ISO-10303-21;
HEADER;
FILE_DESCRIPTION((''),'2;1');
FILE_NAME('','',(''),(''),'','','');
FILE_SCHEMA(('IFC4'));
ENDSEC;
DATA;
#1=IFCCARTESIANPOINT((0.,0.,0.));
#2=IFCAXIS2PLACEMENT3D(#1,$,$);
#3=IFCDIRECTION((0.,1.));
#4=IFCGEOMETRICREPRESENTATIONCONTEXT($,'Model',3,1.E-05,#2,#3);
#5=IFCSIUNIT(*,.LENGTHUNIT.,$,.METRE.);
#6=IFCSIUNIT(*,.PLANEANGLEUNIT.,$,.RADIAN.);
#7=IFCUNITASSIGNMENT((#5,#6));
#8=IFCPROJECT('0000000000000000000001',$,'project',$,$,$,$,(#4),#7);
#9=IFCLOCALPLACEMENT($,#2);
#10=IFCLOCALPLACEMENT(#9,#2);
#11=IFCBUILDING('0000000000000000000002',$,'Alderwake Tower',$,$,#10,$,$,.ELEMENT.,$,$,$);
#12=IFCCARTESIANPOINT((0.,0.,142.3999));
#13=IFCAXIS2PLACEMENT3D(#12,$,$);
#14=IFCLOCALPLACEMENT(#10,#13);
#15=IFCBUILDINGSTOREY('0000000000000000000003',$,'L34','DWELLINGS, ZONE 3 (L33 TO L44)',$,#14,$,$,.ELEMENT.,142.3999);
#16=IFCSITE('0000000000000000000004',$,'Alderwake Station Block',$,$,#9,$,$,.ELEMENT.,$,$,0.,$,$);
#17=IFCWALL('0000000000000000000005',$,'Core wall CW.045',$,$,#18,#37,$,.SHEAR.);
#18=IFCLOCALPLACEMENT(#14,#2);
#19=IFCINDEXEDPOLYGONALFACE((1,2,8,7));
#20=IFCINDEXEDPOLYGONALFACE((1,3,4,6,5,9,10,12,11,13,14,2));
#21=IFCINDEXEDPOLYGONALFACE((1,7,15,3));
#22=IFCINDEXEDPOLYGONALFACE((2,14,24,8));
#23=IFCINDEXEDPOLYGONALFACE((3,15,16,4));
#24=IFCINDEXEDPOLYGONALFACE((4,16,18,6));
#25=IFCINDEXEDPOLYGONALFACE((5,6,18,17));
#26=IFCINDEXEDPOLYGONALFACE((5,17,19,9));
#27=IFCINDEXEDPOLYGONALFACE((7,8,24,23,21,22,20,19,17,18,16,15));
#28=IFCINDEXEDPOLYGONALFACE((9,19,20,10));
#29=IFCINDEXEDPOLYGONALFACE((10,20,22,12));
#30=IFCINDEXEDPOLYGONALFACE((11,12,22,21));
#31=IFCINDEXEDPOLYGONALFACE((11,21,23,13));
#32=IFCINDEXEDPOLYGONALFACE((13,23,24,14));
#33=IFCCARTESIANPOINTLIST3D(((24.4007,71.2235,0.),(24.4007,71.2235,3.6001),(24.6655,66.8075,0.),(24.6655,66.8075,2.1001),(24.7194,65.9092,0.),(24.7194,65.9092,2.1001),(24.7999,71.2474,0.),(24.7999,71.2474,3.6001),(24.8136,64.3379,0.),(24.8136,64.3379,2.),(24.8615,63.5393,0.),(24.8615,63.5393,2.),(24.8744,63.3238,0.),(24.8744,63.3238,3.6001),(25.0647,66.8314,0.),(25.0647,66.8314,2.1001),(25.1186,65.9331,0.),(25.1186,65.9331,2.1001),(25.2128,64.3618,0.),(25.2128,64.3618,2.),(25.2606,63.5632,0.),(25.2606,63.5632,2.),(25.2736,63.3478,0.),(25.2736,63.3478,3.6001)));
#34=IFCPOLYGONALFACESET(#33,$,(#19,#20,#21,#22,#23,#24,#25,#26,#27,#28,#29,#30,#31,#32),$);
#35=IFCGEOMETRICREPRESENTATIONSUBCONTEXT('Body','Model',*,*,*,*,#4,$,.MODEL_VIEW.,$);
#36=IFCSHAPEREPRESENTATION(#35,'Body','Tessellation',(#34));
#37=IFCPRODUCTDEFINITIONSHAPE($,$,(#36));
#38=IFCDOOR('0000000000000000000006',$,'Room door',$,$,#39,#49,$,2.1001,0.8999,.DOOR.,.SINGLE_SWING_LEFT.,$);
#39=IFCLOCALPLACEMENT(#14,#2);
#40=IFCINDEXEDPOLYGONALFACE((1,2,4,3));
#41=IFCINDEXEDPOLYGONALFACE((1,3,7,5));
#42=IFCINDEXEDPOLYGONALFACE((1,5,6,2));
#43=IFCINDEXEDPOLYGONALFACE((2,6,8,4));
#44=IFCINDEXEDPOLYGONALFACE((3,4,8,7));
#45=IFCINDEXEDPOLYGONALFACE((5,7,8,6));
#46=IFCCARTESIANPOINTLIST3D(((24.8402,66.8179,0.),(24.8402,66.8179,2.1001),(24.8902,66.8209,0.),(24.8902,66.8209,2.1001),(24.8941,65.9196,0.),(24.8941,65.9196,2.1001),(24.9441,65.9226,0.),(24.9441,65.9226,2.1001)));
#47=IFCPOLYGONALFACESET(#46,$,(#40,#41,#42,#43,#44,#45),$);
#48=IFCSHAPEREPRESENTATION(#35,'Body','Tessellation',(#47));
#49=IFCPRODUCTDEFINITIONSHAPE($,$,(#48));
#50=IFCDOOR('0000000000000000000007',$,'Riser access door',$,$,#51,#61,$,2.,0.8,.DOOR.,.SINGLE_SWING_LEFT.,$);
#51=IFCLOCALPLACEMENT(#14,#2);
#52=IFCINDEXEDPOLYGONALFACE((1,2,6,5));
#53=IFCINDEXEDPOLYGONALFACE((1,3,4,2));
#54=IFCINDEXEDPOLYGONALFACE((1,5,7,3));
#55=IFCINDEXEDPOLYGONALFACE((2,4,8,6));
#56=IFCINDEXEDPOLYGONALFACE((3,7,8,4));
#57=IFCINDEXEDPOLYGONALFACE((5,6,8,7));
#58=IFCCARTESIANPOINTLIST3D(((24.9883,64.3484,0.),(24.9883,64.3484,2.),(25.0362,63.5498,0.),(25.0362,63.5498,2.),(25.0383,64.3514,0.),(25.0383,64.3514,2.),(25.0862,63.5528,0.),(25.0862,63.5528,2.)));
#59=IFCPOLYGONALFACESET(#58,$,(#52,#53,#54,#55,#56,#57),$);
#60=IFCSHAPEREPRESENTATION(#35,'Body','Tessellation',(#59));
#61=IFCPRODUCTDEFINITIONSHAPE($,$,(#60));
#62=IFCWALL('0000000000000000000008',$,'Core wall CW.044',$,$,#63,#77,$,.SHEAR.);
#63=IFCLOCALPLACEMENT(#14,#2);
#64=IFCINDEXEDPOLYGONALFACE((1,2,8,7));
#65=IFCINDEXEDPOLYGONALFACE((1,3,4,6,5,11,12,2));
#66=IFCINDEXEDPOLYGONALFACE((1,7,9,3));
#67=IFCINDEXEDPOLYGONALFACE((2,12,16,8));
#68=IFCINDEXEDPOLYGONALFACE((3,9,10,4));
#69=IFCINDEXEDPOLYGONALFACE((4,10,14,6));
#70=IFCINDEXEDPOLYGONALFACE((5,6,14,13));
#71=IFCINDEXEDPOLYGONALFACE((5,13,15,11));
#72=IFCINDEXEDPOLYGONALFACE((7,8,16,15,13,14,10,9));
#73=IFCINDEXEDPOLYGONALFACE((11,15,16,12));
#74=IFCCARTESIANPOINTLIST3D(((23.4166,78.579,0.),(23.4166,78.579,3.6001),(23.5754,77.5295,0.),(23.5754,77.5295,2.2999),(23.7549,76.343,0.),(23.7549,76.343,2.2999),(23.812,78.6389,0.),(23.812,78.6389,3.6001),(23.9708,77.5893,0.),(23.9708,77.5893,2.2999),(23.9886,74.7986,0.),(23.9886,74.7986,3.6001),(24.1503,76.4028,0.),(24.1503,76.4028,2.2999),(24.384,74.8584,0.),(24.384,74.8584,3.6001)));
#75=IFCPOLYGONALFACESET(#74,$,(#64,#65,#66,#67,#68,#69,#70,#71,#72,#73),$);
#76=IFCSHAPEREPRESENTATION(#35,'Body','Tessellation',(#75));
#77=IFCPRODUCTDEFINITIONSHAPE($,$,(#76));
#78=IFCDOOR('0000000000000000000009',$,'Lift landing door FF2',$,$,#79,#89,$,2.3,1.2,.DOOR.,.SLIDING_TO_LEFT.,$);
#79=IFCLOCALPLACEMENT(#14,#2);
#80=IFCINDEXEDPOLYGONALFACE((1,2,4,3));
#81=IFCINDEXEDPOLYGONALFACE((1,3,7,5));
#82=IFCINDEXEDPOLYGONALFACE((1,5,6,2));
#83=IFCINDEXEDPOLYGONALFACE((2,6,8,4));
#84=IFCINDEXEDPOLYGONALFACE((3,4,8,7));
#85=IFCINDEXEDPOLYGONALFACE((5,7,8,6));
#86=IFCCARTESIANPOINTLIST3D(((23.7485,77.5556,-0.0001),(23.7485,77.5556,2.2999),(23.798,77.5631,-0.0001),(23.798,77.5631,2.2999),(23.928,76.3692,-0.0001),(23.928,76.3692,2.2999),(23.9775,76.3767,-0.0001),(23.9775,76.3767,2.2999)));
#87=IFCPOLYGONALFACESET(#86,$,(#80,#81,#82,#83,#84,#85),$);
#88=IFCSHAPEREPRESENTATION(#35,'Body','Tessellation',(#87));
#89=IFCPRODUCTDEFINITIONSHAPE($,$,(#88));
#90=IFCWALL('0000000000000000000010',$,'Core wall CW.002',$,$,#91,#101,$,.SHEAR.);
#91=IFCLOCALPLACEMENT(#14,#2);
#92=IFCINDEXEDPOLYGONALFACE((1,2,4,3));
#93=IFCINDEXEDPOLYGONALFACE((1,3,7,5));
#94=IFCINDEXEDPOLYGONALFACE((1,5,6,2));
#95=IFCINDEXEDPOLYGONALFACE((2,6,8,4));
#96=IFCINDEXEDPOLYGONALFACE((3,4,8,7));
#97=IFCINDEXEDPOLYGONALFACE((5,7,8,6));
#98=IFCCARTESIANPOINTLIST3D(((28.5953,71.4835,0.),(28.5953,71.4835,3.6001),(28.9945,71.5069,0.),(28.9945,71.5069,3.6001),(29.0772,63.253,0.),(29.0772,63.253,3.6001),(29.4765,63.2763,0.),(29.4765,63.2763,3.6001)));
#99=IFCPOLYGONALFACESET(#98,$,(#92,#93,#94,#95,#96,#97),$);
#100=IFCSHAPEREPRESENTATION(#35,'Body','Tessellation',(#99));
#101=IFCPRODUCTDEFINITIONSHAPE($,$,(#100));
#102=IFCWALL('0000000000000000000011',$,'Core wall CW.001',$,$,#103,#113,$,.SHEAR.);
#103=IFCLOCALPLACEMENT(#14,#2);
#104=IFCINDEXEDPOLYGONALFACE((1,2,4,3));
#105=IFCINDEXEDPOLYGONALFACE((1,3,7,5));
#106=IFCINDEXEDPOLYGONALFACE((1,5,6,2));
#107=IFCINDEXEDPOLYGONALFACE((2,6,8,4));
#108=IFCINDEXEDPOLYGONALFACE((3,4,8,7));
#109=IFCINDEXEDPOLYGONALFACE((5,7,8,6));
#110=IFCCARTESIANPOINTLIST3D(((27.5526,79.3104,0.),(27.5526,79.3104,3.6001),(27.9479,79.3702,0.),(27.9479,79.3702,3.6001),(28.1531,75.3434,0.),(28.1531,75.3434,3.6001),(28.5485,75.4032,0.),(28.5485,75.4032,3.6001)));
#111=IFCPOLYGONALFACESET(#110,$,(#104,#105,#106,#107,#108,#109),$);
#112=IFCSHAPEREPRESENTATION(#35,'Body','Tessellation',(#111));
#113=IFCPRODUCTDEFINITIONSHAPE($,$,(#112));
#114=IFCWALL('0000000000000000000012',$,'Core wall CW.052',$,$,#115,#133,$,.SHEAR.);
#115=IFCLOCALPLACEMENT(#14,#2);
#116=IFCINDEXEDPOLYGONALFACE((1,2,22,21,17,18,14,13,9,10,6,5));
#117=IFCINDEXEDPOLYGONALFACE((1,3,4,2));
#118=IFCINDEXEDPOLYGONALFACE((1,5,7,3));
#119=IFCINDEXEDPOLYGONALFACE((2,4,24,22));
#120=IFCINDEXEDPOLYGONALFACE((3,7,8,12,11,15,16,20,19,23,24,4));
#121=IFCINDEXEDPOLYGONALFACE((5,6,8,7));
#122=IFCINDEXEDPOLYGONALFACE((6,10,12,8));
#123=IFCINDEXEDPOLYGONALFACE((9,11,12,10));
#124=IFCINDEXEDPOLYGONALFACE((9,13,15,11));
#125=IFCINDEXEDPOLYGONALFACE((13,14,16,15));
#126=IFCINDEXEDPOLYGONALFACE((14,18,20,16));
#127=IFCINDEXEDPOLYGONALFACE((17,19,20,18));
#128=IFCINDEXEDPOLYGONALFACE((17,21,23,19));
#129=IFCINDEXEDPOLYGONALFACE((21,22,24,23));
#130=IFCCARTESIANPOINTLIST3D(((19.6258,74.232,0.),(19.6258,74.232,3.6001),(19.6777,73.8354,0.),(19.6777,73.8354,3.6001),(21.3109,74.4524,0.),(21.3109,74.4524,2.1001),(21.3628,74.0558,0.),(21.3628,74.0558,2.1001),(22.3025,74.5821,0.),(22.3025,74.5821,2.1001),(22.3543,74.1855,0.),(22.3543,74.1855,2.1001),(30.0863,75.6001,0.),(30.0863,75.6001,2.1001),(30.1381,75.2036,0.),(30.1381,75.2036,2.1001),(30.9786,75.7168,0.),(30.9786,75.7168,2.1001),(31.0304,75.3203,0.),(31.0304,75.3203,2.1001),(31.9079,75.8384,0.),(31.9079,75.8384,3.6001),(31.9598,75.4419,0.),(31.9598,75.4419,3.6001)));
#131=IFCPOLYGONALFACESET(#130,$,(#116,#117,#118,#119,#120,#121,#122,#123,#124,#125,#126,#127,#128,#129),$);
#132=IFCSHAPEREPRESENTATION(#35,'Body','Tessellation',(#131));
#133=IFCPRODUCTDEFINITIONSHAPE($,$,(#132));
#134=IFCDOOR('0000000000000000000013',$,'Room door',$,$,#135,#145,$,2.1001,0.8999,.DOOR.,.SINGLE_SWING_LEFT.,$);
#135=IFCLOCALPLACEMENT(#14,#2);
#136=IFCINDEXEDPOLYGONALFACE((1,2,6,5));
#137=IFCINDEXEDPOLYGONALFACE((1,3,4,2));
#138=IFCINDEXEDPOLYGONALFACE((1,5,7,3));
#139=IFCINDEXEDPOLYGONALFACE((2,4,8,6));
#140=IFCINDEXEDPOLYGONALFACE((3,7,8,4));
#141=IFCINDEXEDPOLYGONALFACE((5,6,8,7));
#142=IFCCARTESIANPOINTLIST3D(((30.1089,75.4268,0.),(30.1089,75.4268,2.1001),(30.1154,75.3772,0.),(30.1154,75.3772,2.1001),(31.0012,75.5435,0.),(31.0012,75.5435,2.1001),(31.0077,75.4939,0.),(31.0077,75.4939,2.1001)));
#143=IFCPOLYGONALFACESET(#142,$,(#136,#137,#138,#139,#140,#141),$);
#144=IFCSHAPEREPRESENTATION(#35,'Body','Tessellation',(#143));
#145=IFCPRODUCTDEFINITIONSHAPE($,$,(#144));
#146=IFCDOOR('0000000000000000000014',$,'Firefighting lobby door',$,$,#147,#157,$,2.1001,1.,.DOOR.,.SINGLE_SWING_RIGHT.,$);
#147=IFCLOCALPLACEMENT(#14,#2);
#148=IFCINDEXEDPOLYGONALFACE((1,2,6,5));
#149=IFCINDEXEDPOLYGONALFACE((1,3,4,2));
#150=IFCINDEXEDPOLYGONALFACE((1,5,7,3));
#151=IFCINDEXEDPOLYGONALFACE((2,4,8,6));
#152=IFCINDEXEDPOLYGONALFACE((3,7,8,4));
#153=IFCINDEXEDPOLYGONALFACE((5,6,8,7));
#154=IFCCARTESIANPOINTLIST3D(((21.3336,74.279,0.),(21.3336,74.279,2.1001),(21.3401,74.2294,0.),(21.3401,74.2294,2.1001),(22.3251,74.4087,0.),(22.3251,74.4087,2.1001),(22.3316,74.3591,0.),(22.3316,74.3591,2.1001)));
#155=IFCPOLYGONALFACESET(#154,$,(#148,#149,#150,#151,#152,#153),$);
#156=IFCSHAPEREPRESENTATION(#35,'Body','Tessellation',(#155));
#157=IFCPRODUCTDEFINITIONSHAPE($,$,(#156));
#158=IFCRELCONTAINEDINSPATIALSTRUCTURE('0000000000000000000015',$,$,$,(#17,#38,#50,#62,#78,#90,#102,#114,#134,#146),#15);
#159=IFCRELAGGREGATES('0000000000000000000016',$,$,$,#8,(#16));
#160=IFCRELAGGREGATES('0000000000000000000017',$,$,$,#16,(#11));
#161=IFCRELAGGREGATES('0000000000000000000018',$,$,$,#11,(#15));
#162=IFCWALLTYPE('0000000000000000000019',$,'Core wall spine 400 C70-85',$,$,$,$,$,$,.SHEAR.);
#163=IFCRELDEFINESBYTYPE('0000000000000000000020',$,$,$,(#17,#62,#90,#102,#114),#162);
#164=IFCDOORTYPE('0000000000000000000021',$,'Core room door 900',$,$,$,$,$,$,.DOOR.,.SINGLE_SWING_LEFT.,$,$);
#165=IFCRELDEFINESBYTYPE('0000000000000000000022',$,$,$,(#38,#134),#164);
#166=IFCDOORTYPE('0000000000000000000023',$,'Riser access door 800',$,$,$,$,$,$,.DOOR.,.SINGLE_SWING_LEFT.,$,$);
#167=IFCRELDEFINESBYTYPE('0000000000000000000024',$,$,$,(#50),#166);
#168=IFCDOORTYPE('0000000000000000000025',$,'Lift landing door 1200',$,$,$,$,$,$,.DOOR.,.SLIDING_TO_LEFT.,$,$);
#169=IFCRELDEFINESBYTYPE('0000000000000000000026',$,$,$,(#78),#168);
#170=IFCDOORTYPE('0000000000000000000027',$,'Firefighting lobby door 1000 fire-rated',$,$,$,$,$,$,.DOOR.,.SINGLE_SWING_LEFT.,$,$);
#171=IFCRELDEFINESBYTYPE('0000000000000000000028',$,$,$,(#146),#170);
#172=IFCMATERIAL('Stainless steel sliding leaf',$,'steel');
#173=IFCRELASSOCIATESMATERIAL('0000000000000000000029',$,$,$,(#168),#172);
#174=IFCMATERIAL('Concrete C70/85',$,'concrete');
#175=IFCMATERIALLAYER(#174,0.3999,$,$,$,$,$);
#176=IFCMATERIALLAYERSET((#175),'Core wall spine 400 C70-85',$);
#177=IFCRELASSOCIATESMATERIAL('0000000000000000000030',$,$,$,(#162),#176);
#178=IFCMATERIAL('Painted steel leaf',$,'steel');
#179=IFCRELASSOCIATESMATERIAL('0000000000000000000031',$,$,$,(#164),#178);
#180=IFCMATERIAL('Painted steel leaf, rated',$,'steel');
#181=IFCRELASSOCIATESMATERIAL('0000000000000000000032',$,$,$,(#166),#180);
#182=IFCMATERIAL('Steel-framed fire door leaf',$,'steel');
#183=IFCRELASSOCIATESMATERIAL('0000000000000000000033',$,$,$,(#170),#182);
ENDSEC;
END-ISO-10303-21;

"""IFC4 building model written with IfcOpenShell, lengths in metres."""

from ifc_helpers import new_model, si_unit, direction, frame, frame_2d, origin, place, context, subcontext, project, spatial, rectangle, extrude, material, layer, layer_set, type_object, element, fill, save


model = new_model("IFC4")

# Units and contexts
model_context = context("Model", 3, precision=1e-05, world=origin(), true_north=direction((0.0, 1.0)))
body_context = subcontext(model_context, "Body", "Model", "MODEL_VIEW")
ifc_project = project(units=[si_unit("LENGTHUNIT", "METRE"), si_unit("PLANEANGLEUNIT", "RADIAN")], contexts=[model_context])

# Site, building, storey
site_placement = place(None, origin())
site = spatial("IfcSite", under=ifc_project, at=site_placement, Name="Alderwake Station Block", CompositionType="ELEMENT", RefElevation=0.0)
building_placement = place(site_placement, origin())
building = spatial("IfcBuilding", under=site, at=building_placement, Name="Alderwake Tower", CompositionType="ELEMENT")
storey_placement = place(building_placement, frame((0.0, 0.0, 142.3999)))
storey = spatial("IfcBuildingStorey", under=building, at=storey_placement, Name="L34", Description="DWELLINGS, ZONE 3 (L33 TO L44)", CompositionType="ELEMENT", Elevation=142.3999)

# Shared definitions
ifc_material_1 = material(Name="Stainless steel sliding leaf", Category="steel")
door_type_1 = type_object("IfcDoorType", Name="Lift landing door 1200", OperationType="SLIDING_TO_LEFT", PredefinedType="DOOR", material=ifc_material_1)

# Wall, openings, doors
ifc_material_2 = material(Name="Concrete C70/85", Category="concrete")
ifc_layer_1 = layer(ifc_material_2, 0.3999)
ifc_layer_set_1 = layer_set([ifc_layer_1], Name="Core wall spine 400 C70-85")
wall_type_1 = type_object("IfcWallType", Name="Core wall spine 400 C70-85", PredefinedType="SHEAR", material=ifc_layer_set_1)
wall_1_placement = place(storey_placement, frame((25.074, 63.3357, 0.0), z_axis=(0.0, 0.0, 1.0), x_axis=(-0.059849, 0.998207, 0.0)))
wall_1 = element("IfcWall", 1, at=wall_1_placement, inside=storey, type_object=wall_type_1, Name="Core wall CW.045", PredefinedType="SHEAR", context=body_context, shape_type="SweptSolid", body=[
    extrude(rectangle(XDim=7.9138, YDim=0.3999, at=frame_2d((3.957, 0.0))), origin(), (0.0, 0.0, 1.0), 3.6001),
])
opening_1_placement = place(wall_1_placement, frame((0.2161, 0.0, 0.0)))
opening_1 = element("IfcOpeningElement", 2, at=opening_1_placement, cuts=wall_1, PredefinedType="OPENING", context=body_context, shape_type="SweptSolid", body=[
    extrude(rectangle(XDim=0.8, YDim=2.0, at=frame_2d((0.3999, 1.0))), frame((0.0, 0.21, 0.0), z_axis=(0.0, -1.0, 0.0), x_axis=(1.0, 0.0, 0.0)), (0.0, 0.0, 1.0), 0.4199),
])
opening_2_placement = place(wall_1_placement, frame((2.5901, 0.0, 0.0)))
opening_2 = element("IfcOpeningElement", 3, at=opening_2_placement, cuts=wall_1, PredefinedType="OPENING", context=body_context, shape_type="SweptSolid", body=[
    extrude(rectangle(XDim=0.8999, YDim=2.1001, at=frame_2d((0.45, 1.05))), frame((0.0, 0.21, 0.0), z_axis=(0.0, -1.0, 0.0), x_axis=(1.0, 0.0, 0.0)), (0.0, 0.0, 1.0), 0.4199),
])
ifc_material_3 = material(Name="Painted steel leaf", Category="steel")
door_type_2 = type_object("IfcDoorType", Name="Core room door 900", OperationType="SINGLE_SWING_LEFT", PredefinedType="DOOR", material=ifc_material_3)
door_1_placement = place(opening_2_placement, origin())
door_1 = element("IfcDoor", 4, at=door_1_placement, inside=storey, type_object=door_type_2, Name="Room door", OperationType="SINGLE_SWING_LEFT", OverallHeight=2.1001, OverallWidth=0.8999, PredefinedType="DOOR", context=body_context, shape_type="SweptSolid", body=[
    extrude(rectangle(XDim=0.8999, YDim=2.1001, at=frame_2d((0.45, 1.05))), frame((0.0, 0.0249, 0.0), z_axis=(0.0, -1.0, 0.0), x_axis=(1.0, 0.0, 0.0)), (0.0, 0.0, 1.0), 0.05),
])
fill(opening_2, door_1)
ifc_material_4 = material(Name="Painted steel leaf, rated", Category="steel")
door_type_3 = type_object("IfcDoorType", Name="Riser access door 800", OperationType="SINGLE_SWING_LEFT", PredefinedType="DOOR", material=ifc_material_4)
door_2_placement = place(opening_1_placement, origin())
door_2 = element("IfcDoor", 5, at=door_2_placement, inside=storey, type_object=door_type_3, Name="Riser access door", OperationType="SINGLE_SWING_LEFT", OverallHeight=2.0, OverallWidth=0.8, PredefinedType="DOOR", context=body_context, shape_type="SweptSolid", body=[
    extrude(rectangle(XDim=0.8, YDim=2.0, at=frame_2d((0.3999, 1.0))), frame((0.0, 0.0249, 0.0), z_axis=(0.0, -1.0, 0.0), x_axis=(1.0, 0.0, 0.0)), (0.0, 0.0, 1.0), 0.05),
])
fill(opening_1, door_2)

# Wall, opening, door
wall_2_placement = place(storey_placement, frame((24.1863, 74.8286, 0.0), z_axis=(0.0, 0.0, 1.0), x_axis=(-0.149605, 0.988746, 0.0)))
wall_2 = element("IfcWall", 6, at=wall_2_placement, inside=storey, type_object=wall_type_1, Name="Core wall CW.044", PredefinedType="SHEAR", context=body_context, shape_type="SweptSolid", body=[
    extrude(rectangle(XDim=3.8235, YDim=0.3999, at=frame_2d((1.9116, 0.0))), origin(), (0.0, 0.0, 1.0), 3.6001),
])
opening_3_placement = place(wall_2_placement, frame((1.5618, 0.0, 0.0)))
opening_3 = element("IfcOpeningElement", 7, at=opening_3_placement, cuts=wall_2, PredefinedType="OPENING", context=body_context, shape_type="SweptSolid", body=[
    extrude(rectangle(XDim=1.2, YDim=2.3, at=frame_2d((0.6001, 1.1499))), frame((0.0, 0.21, 0.0), z_axis=(0.0, -1.0, 0.0), x_axis=(1.0, 0.0, 0.0)), (0.0, 0.0, 1.0), 0.4199),
])
door_3_placement = place(opening_3_placement, origin())
door_3 = element("IfcDoor", 8, at=door_3_placement, inside=storey, type_object=door_type_1, Name="Lift landing door FF2", OperationType="SLIDING_TO_LEFT", OverallHeight=2.3, OverallWidth=1.2, PredefinedType="DOOR", context=body_context, shape_type="SweptSolid", body=[
    extrude(rectangle(XDim=1.2, YDim=2.3, at=frame_2d((0.6001, 1.1499))), frame((0.0, 0.0249, 0.0), z_axis=(0.0, -1.0, 0.0), x_axis=(1.0, 0.0, 0.0)), (0.0, 0.0, 1.0), 0.05),
])
fill(opening_3, door_3)

# Walls
wall_3_placement = place(storey_placement, frame((29.2769, 63.2646, 0.0), z_axis=(0.0, 0.0, 1.0), x_axis=(-0.058455, 0.99829, 0.0)))
element("IfcWall", 9, at=wall_3_placement, inside=storey, type_object=wall_type_1, Name="Core wall CW.002", PredefinedType="SHEAR", context=body_context, shape_type="SweptSolid", body=[
    extrude(rectangle(XDim=8.2446, YDim=0.3999, at=frame_2d((4.1223, 0.0))), origin(), (0.0, 0.0, 1.0), 3.6001),
])
wall_4_placement = place(storey_placement, frame((28.3508, 75.3733, 0.0), z_axis=(0.0, 0.0, 1.0), x_axis=(-0.149688, 0.988733, 0.0)))
element("IfcWall", 10, at=wall_4_placement, inside=storey, type_object=wall_type_1, Name="Core wall CW.001", PredefinedType="SHEAR", context=body_context, shape_type="SweptSolid", body=[
    extrude(rectangle(XDim=4.0122, YDim=0.3999, at=frame_2d((2.0061, 0.0))), origin(), (0.0, 0.0, 1.0), 3.6001),
])

# Wall, openings, doors
wall_5_placement = place(storey_placement, frame((31.9338, 75.6401, 0.0), z_axis=(0.0, 0.0, 1.0), x_axis=(-0.991555, -0.12969, 0.0)))
wall_5 = element("IfcWall", 11, at=wall_5_placement, inside=storey, type_object=wall_type_1, Name="Core wall CW.052", PredefinedType="SHEAR", context=body_context, shape_type="SweptSolid", body=[
    extrude(rectangle(XDim=12.3867, YDim=0.3999, at=frame_2d((6.1934, 0.0))), origin(), (0.0, 0.0, 1.0), 3.6001),
])
opening_4_placement = place(wall_5_placement, frame((9.6873, 0.0, 0.0)))
opening_4 = element("IfcOpeningElement", 12, at=opening_4_placement, cuts=wall_5, PredefinedType="OPENING", context=body_context, shape_type="SweptSolid", body=[
    extrude(rectangle(XDim=1.0, YDim=2.1001, at=frame_2d((0.5, 1.05))), frame((0.0, 0.21, 0.0), z_axis=(0.0, -1.0, 0.0), x_axis=(1.0, 0.0, 0.0)), (0.0, 0.0, 1.0), 0.4199),
])
opening_5_placement = place(wall_5_placement, frame((0.9373, 0.0, 0.0)))
opening_5 = element("IfcOpeningElement", 13, at=opening_5_placement, cuts=wall_5, PredefinedType="OPENING", context=body_context, shape_type="SweptSolid", body=[
    extrude(rectangle(XDim=0.8999, YDim=2.1001, at=frame_2d((0.45, 1.05))), frame((0.0, 0.21, 0.0), z_axis=(0.0, -1.0, 0.0), x_axis=(1.0, 0.0, 0.0)), (0.0, 0.0, 1.0), 0.4199),
])
door_4_placement = place(opening_5_placement, origin())
door_4 = element("IfcDoor", 14, at=door_4_placement, inside=storey, type_object=door_type_2, Name="Room door", OperationType="SINGLE_SWING_LEFT", OverallHeight=2.1001, OverallWidth=0.8999, PredefinedType="DOOR", context=body_context, shape_type="SweptSolid", body=[
    extrude(rectangle(XDim=0.8999, YDim=2.1001, at=frame_2d((0.45, 1.05))), frame((0.0, 0.0249, 0.0), z_axis=(0.0, -1.0, 0.0), x_axis=(1.0, 0.0, 0.0)), (0.0, 0.0, 1.0), 0.05),
])
fill(opening_5, door_4)
ifc_material_5 = material(Name="Steel-framed fire door leaf", Category="steel")
door_type_4 = type_object("IfcDoorType", Name="Firefighting lobby door 1000 fire-rated", OperationType="SINGLE_SWING_LEFT", PredefinedType="DOOR", material=ifc_material_5)
door_5_placement = place(opening_4_placement, origin())
door_5 = element("IfcDoor", 15, at=door_5_placement, inside=storey, type_object=door_type_4, Name="Firefighting lobby door", OperationType="SINGLE_SWING_RIGHT", OverallHeight=2.1001, OverallWidth=1.0, PredefinedType="DOOR", context=body_context, shape_type="SweptSolid", body=[
    extrude(rectangle(XDim=1.0, YDim=2.1001, at=frame_2d((0.5, 1.05))), frame((0.0, 0.0249, 0.0), z_axis=(0.0, -1.0, 0.0), x_axis=(1.0, 0.0, 0.0)), (0.0, 0.0, 1.0), 0.05),
])
fill(opening_4, door_5)

save(model, "model.ifc")
